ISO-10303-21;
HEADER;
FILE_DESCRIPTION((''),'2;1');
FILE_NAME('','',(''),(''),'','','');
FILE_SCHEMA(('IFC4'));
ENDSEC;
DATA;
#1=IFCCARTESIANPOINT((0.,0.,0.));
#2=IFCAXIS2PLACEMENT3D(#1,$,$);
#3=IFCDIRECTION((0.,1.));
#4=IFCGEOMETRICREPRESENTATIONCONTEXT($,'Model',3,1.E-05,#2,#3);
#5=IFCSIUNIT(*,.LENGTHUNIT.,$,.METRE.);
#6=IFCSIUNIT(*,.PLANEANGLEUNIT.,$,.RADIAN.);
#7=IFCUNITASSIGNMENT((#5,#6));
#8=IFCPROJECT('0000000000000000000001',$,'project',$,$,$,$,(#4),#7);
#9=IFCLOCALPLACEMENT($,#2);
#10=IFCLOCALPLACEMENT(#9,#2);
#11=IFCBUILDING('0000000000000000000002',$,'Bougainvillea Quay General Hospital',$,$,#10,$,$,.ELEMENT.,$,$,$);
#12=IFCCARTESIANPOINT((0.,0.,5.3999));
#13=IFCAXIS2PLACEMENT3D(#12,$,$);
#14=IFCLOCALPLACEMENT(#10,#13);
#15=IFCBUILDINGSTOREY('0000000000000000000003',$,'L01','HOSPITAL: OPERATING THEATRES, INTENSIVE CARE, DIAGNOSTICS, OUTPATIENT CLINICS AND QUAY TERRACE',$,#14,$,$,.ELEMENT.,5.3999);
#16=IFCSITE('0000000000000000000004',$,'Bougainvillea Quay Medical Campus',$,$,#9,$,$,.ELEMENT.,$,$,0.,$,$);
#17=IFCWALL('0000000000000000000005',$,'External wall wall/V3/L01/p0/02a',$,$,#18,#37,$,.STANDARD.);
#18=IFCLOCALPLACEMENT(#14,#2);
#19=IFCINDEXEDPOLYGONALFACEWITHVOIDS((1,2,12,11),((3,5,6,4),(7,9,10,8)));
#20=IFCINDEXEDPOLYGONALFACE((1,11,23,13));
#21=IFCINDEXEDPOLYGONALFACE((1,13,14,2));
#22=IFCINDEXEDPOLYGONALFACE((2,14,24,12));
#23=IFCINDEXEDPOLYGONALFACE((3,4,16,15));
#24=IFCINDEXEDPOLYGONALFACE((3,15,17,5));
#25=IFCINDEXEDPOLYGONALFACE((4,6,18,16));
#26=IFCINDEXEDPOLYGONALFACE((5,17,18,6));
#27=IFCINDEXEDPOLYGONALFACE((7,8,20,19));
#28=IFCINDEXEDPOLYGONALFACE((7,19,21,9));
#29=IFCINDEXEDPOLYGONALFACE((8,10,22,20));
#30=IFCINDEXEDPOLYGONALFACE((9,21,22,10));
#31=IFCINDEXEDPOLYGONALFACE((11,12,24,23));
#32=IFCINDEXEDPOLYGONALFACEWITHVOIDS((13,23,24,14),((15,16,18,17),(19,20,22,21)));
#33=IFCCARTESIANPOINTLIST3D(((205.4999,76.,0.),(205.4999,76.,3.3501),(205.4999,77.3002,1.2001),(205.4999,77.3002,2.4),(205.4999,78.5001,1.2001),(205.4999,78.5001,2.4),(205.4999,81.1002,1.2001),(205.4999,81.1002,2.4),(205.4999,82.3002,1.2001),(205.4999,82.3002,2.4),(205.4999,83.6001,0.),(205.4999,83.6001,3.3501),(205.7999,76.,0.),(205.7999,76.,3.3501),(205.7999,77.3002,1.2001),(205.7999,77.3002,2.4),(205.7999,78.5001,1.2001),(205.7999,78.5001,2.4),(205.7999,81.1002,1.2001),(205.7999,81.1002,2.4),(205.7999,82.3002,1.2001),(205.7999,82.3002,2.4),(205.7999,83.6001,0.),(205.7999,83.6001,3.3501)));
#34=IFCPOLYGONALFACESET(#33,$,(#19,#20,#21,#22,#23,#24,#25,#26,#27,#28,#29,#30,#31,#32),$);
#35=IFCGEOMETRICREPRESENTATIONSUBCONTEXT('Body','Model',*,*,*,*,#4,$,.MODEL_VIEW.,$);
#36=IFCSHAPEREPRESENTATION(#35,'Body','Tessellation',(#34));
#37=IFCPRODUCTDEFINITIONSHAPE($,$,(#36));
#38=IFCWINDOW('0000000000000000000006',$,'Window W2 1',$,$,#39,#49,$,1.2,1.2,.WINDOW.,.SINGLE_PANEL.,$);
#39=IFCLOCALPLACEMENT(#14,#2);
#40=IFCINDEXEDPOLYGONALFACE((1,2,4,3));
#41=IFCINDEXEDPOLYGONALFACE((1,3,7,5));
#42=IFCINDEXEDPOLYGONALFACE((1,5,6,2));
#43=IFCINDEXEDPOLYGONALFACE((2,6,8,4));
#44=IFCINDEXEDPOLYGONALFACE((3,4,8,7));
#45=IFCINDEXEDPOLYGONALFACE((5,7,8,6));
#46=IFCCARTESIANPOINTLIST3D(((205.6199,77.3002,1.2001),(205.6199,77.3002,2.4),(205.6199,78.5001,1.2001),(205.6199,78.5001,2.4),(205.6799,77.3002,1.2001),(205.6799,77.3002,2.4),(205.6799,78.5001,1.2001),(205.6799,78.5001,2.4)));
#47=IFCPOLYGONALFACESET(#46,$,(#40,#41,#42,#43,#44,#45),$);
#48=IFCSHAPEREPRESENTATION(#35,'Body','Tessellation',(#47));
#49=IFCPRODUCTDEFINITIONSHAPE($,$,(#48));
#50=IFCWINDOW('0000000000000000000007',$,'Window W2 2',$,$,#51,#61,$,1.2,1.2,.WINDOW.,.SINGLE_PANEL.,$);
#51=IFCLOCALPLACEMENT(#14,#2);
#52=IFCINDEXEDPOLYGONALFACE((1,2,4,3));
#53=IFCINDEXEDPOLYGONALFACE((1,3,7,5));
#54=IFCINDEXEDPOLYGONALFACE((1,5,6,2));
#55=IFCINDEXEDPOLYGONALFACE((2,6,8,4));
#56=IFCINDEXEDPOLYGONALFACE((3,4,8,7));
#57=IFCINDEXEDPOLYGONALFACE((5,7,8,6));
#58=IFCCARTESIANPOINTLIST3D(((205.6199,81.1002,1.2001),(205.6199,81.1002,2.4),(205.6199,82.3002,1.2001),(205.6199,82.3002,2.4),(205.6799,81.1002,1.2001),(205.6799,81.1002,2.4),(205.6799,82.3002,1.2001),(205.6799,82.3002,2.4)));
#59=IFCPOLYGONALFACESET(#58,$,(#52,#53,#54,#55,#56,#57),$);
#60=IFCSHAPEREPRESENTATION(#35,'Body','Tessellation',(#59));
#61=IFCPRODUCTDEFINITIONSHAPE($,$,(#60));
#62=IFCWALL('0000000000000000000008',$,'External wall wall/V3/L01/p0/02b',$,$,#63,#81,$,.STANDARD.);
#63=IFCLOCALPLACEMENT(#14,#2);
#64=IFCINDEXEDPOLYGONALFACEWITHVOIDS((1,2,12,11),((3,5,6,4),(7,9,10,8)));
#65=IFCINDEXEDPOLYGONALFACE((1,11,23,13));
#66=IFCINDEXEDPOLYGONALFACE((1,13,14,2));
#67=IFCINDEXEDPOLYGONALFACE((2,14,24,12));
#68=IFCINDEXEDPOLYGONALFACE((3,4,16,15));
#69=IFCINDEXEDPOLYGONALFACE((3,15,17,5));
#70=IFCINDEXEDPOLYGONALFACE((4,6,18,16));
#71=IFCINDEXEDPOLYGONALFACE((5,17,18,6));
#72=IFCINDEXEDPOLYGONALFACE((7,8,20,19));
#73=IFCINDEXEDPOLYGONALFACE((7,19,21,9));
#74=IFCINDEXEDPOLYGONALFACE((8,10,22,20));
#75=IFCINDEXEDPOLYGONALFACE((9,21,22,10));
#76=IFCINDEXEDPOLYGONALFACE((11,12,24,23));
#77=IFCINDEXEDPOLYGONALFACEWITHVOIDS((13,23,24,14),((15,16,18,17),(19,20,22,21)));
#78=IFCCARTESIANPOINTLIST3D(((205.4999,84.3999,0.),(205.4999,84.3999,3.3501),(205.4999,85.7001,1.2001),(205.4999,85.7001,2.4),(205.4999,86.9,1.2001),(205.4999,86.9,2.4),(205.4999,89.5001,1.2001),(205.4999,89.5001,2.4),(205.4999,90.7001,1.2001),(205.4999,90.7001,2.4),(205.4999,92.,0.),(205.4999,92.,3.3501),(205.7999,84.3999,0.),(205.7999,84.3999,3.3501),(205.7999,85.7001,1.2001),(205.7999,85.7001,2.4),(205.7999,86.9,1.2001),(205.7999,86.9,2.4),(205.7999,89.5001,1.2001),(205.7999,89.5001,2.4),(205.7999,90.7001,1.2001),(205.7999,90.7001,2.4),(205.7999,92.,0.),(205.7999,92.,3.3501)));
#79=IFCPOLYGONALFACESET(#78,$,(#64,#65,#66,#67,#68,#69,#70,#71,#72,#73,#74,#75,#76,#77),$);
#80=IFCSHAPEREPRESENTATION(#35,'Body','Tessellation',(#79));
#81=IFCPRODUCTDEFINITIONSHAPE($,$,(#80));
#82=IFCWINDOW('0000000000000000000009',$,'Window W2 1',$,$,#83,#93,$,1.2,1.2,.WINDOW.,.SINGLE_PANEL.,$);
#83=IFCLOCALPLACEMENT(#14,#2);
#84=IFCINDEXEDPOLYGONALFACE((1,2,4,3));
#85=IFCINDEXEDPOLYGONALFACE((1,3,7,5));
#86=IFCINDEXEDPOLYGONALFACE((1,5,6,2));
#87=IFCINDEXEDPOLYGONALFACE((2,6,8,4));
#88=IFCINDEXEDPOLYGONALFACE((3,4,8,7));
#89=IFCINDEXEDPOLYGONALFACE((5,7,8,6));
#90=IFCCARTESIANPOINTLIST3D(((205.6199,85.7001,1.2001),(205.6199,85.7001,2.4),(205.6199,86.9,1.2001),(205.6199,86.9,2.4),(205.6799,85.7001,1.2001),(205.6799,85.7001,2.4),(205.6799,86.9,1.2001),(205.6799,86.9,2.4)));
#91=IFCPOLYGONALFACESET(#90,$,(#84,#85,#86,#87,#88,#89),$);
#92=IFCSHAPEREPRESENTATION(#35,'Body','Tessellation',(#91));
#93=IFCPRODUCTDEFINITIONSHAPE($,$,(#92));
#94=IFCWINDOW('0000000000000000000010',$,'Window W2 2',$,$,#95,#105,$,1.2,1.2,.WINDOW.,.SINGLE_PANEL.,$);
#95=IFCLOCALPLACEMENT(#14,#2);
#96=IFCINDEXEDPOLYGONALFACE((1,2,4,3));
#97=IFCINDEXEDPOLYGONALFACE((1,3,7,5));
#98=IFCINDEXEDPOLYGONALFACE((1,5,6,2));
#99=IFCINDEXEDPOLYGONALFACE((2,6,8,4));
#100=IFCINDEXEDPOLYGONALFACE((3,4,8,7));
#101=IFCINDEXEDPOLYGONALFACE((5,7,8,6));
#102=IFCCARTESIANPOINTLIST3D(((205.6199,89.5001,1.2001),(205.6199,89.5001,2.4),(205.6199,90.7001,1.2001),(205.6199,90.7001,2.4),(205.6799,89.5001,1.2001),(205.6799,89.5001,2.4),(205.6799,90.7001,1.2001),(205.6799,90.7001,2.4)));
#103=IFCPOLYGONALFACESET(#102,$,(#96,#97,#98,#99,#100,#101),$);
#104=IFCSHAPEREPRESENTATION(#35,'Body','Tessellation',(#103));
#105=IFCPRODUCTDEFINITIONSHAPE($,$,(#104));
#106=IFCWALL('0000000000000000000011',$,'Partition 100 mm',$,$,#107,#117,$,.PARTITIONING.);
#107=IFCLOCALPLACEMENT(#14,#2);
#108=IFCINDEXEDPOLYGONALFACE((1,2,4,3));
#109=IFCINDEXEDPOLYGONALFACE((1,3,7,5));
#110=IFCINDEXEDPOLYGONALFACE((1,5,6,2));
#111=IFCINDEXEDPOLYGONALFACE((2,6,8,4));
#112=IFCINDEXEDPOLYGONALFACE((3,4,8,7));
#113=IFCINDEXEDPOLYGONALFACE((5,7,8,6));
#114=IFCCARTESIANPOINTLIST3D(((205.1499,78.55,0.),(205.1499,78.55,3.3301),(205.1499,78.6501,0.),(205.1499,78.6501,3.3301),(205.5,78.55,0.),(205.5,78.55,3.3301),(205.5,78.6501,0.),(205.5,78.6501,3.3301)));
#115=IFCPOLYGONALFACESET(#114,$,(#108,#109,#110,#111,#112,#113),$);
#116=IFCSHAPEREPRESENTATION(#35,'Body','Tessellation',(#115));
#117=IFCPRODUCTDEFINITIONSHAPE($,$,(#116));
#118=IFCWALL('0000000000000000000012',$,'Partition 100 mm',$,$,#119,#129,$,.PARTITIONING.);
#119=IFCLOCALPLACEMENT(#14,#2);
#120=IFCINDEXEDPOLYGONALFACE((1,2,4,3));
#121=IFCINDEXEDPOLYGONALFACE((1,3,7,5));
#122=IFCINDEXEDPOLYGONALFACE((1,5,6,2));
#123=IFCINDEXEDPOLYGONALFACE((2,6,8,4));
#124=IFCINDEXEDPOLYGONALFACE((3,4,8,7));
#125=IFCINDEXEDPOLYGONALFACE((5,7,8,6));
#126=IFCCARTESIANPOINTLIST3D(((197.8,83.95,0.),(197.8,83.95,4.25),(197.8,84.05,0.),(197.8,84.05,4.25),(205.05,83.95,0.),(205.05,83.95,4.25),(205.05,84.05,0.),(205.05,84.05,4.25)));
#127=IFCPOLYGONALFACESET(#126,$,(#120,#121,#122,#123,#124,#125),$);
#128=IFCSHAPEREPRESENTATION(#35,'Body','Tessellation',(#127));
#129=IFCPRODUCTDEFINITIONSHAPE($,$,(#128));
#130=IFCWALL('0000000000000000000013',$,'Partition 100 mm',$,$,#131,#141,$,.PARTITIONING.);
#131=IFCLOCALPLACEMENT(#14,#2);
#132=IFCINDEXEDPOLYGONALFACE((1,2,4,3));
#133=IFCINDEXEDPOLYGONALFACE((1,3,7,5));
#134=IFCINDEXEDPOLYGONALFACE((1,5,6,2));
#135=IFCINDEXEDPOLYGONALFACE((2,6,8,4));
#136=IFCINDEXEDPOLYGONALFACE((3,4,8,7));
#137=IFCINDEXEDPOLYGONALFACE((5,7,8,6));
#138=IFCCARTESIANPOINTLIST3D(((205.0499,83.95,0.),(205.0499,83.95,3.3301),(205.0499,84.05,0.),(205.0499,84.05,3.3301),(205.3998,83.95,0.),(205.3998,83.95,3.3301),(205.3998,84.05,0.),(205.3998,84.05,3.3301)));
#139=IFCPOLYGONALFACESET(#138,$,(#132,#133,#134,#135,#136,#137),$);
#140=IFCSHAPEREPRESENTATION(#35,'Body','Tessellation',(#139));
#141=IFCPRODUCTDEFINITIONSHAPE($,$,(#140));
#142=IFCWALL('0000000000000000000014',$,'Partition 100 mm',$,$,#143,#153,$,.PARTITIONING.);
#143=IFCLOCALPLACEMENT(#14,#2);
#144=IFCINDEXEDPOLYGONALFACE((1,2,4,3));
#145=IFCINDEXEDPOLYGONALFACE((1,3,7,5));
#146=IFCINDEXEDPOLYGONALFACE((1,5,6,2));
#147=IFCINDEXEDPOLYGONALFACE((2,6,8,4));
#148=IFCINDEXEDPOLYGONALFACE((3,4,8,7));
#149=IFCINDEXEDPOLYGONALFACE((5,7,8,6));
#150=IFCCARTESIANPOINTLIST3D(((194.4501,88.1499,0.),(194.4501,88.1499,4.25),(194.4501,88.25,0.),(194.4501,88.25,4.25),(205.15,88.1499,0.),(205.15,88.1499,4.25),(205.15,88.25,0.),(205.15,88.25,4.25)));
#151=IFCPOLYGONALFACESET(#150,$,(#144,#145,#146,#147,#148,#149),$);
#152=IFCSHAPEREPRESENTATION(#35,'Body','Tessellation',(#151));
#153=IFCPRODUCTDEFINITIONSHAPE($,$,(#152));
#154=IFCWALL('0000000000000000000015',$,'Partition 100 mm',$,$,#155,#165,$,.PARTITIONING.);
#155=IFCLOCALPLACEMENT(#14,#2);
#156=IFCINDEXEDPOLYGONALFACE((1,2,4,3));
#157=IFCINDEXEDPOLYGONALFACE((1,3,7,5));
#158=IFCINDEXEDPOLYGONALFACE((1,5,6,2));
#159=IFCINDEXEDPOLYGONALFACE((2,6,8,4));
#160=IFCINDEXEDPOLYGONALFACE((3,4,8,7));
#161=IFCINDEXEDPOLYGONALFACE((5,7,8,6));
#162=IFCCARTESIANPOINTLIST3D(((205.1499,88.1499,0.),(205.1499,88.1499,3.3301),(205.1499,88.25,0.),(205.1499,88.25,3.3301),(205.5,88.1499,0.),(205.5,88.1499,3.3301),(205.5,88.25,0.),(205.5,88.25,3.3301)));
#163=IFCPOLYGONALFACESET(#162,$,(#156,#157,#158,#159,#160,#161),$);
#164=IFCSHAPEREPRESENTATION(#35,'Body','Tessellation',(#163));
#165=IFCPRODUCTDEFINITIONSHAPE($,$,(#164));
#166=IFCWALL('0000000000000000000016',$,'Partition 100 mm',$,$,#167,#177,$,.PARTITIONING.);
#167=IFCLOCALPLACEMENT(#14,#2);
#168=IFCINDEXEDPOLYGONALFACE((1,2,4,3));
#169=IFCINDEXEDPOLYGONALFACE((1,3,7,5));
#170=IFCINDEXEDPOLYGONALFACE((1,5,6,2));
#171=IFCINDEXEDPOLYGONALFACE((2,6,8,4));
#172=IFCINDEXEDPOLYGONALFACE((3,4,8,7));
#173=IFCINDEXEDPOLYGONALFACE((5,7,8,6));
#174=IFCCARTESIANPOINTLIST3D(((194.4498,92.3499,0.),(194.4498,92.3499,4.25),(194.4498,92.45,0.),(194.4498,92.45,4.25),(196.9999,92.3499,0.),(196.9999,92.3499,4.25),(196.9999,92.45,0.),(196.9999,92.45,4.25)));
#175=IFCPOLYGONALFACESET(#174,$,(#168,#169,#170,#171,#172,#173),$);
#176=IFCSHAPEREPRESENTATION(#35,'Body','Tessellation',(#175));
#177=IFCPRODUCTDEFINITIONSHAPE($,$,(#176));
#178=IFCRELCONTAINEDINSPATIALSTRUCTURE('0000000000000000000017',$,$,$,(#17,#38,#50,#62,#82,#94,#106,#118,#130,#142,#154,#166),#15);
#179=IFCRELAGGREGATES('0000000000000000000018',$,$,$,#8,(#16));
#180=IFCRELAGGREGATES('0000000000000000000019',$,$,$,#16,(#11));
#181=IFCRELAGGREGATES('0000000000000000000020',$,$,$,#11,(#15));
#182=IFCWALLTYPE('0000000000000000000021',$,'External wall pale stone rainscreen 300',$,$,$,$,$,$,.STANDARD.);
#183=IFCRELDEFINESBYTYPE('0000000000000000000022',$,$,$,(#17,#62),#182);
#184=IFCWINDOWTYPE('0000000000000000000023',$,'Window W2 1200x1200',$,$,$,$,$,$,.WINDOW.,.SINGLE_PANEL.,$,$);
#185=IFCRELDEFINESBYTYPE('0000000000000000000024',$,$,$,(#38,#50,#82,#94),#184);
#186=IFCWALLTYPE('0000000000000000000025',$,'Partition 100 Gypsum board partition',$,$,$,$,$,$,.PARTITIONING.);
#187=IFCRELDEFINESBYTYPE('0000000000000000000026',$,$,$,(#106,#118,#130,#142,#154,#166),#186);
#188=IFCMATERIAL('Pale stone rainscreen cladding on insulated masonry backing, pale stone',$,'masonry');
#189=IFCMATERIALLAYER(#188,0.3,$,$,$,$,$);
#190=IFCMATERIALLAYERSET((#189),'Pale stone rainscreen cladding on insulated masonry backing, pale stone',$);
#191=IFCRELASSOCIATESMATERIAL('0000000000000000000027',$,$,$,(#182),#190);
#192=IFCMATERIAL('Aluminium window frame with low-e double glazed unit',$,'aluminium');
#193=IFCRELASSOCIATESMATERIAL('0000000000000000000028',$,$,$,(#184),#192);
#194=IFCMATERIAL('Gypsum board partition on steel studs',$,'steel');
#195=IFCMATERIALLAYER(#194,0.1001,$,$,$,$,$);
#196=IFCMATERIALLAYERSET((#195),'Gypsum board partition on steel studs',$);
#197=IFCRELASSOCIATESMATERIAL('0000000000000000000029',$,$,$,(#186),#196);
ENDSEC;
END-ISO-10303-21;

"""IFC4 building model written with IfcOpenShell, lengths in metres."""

from ifc_helpers import new_model, si_unit, direction, frame, frame_2d, origin, place, context, subcontext, project, spatial, rectangle, extrude, material, layer, layer_set, type_object, element, fill, save


model = new_model("IFC4")

# Units and contexts
model_context = context("Model", 3, precision=1e-05, world=origin(), true_north=direction((0.0, 1.0)))
body_context = subcontext(model_context, "Body", "Model", "MODEL_VIEW")
ifc_project = project(units=[si_unit("LENGTHUNIT", "METRE"), si_unit("PLANEANGLEUNIT", "RADIAN")], contexts=[model_context])

# Site, building, storey
site_placement = place(None, origin())
site = spatial("IfcSite", under=ifc_project, at=site_placement, Name="Bougainvillea Quay Medical Campus", CompositionType="ELEMENT", RefElevation=0.0)
building_placement = place(site_placement, origin())
building = spatial("IfcBuilding", under=site, at=building_placement, Name="Bougainvillea Quay General Hospital", CompositionType="ELEMENT")
storey_placement = place(building_placement, frame((0.0, 0.0, 5.3999)))
storey = spatial("IfcBuildingStorey", under=building, at=storey_placement, Name="L01", Description="HOSPITAL: OPERATING THEATRES, INTENSIVE CARE, DIAGNOSTICS, OUTPATIENT CLINICS AND QUAY TERRACE", CompositionType="ELEMENT", Elevation=5.3999)

# Walls, openings, windows
ifc_material_1 = material(Name="Pale stone rainscreen cladding on insulated masonry backing, pale stone", Category="masonry")
ifc_layer_1 = layer(ifc_material_1, 0.3)
ifc_layer_set_1 = layer_set([ifc_layer_1], Name="Pale stone rainscreen cladding on insulated masonry backing, pale stone")
wall_type_1 = type_object("IfcWallType", Name="External wall pale stone rainscreen 300", PredefinedType="STANDARD", material=ifc_layer_set_1)
ifc_material_2 = material(Name="Aluminium window frame with low-e double glazed unit", Category="aluminium")
window_type = type_object("IfcWindowType", Name="Window W2 1200x1200", PartitioningType="SINGLE_PANEL", PredefinedType="WINDOW", material=ifc_material_2)
wall_1_placement = place(storey_placement, frame((205.6499, 76.0, 0.0), z_axis=(0.0, 0.0, 1.0), x_axis=(0.0, 1.0, 0.0)))
wall_1 = element("IfcWall", 1, at=wall_1_placement, inside=storey, type_object=wall_type_1, Name="External wall wall/V3/L01/p0/02a", PredefinedType="STANDARD", context=body_context, shape_type="SweptSolid", body=[
    extrude(rectangle(XDim=7.6001, YDim=0.3, at=frame_2d((3.8, 0.0))), origin(), (0.0, 0.0, 1.0), 3.3501),
])
opening_1_placement = place(wall_1_placement, frame((1.3, 0.0, 1.2)))
opening_1 = element("IfcOpeningElement", 2, at=opening_1_placement, cuts=wall_1, PredefinedType="OPENING", context=body_context, shape_type="SweptSolid", body=[
    extrude(rectangle(XDim=1.2, YDim=1.2, at=frame_2d((0.6001, 0.6001))), frame((0.0, 0.1599, 0.0), z_axis=(0.0, -1.0, 0.0), x_axis=(1.0, 0.0, 0.0)), (0.0, 0.0, 1.0), 0.3201),
])
opening_2_placement = place(wall_1_placement, frame((5.1001, 0.0, 1.2)))
opening_2 = element("IfcOpeningElement", 3, at=opening_2_placement, cuts=wall_1, PredefinedType="OPENING", context=body_context, shape_type="SweptSolid", body=[
    extrude(rectangle(XDim=1.2, YDim=1.2, at=frame_2d((0.6001, 0.6001))), frame((0.0, 0.1599, 0.0), z_axis=(0.0, -1.0, 0.0), x_axis=(1.0, 0.0, 0.0)), (0.0, 0.0, 1.0), 0.3201),
])
window_1_placement = place(opening_1_placement, origin())
window_1 = element("IfcWindow", 4, at=window_1_placement, inside=storey, type_object=window_type, Name="Window W2 1", OverallHeight=1.2, OverallWidth=1.2, PartitioningType="SINGLE_PANEL", PredefinedType="WINDOW", context=body_context, shape_type="SweptSolid", body=[
    extrude(rectangle(XDim=1.2, YDim=1.2, at=frame_2d((0.6001, 0.6001))), frame((0.0, 0.03, 0.0), z_axis=(0.0, -1.0, 0.0), x_axis=(1.0, 0.0, 0.0)), (0.0, 0.0, 1.0), 0.0601),
])
fill(opening_1, window_1)
window_2_placement = place(opening_2_placement, origin())
window_2 = element("IfcWindow", 5, at=window_2_placement, inside=storey, type_object=window_type, Name="Window W2 2", OverallHeight=1.2, OverallWidth=1.2, PartitioningType="SINGLE_PANEL", PredefinedType="WINDOW", context=body_context, shape_type="SweptSolid", body=[
    extrude(rectangle(XDim=1.2, YDim=1.2, at=frame_2d((0.6001, 0.6001))), frame((0.0, 0.03, 0.0), z_axis=(0.0, -1.0, 0.0), x_axis=(1.0, 0.0, 0.0)), (0.0, 0.0, 1.0), 0.0601),
])
fill(opening_2, window_2)
wall_2_placement = place(storey_placement, frame((205.6499, 84.3999, 0.0), z_axis=(0.0, 0.0, 1.0), x_axis=(0.0, 1.0, 0.0)))
wall_2 = element("IfcWall", 6, at=wall_2_placement, inside=storey, type_object=wall_type_1, Name="External wall wall/V3/L01/p0/02b", PredefinedType="STANDARD", context=body_context, shape_type="SweptSolid", body=[
    extrude(rectangle(XDim=7.6001, YDim=0.3, at=frame_2d((3.8, 0.0))), origin(), (0.0, 0.0, 1.0), 3.3501),
])
opening_3_placement = place(wall_2_placement, frame((1.3, 0.0, 1.2)))
opening_3 = element("IfcOpeningElement", 7, at=opening_3_placement, cuts=wall_2, PredefinedType="OPENING", context=body_context, shape_type="SweptSolid", body=[
    extrude(rectangle(XDim=1.2, YDim=1.2, at=frame_2d((0.6001, 0.6001))), frame((0.0, 0.1599, 0.0), z_axis=(0.0, -1.0, 0.0), x_axis=(1.0, 0.0, 0.0)), (0.0, 0.0, 1.0), 0.3201),
])
opening_4_placement = place(wall_2_placement, frame((5.1001, 0.0, 1.2)))
opening_4 = element("IfcOpeningElement", 8, at=opening_4_placement, cuts=wall_2, PredefinedType="OPENING", context=body_context, shape_type="SweptSolid", body=[
    extrude(rectangle(XDim=1.2, YDim=1.2, at=frame_2d((0.6001, 0.6001))), frame((0.0, 0.1599, 0.0), z_axis=(0.0, -1.0, 0.0), x_axis=(1.0, 0.0, 0.0)), (0.0, 0.0, 1.0), 0.3201),
])
window_3_placement = place(opening_3_placement, origin())
window_3 = element("IfcWindow", 9, at=window_3_placement, inside=storey, type_object=window_type, Name="Window W2 1", OverallHeight=1.2, OverallWidth=1.2, PartitioningType="SINGLE_PANEL", PredefinedType="WINDOW", context=body_context, shape_type="SweptSolid", body=[
    extrude(rectangle(XDim=1.2, YDim=1.2, at=frame_2d((0.6001, 0.6001))), frame((0.0, 0.03, 0.0), z_axis=(0.0, -1.0, 0.0), x_axis=(1.0, 0.0, 0.0)), (0.0, 0.0, 1.0), 0.0601),
])
fill(opening_3, window_3)
window_4_placement = place(opening_4_placement, origin())
window_4 = element("IfcWindow", 10, at=window_4_placement, inside=storey, type_object=window_type, Name="Window W2 2", OverallHeight=1.2, OverallWidth=1.2, PartitioningType="SINGLE_PANEL", PredefinedType="WINDOW", context=body_context, shape_type="SweptSolid", body=[
    extrude(rectangle(XDim=1.2, YDim=1.2, at=frame_2d((0.6001, 0.6001))), frame((0.0, 0.03, 0.0), z_axis=(0.0, -1.0, 0.0), x_axis=(1.0, 0.0, 0.0)), (0.0, 0.0, 1.0), 0.0601),
])
fill(opening_4, window_4)

# Walls
ifc_material_3 = material(Name="Gypsum board partition on steel studs", Category="steel")
ifc_layer_2 = layer(ifc_material_3, 0.1001)
ifc_layer_set_2 = layer_set([ifc_layer_2], Name="Gypsum board partition on steel studs")
wall_type_2 = type_object("IfcWallType", Name="Partition 100 Gypsum board partition", PredefinedType="PARTITIONING", material=ifc_layer_set_2)
wall_3_placement = place(storey_placement, frame((205.1499, 78.6001, 0.0), z_axis=(0.0, 0.0, 1.0), x_axis=(1.0, 0.0, 0.0)))
element("IfcWall", 11, at=wall_3_placement, inside=storey, type_object=wall_type_2, Name="Partition 100 mm", PredefinedType="PARTITIONING", context=body_context, shape_type="SweptSolid", body=[
    extrude(rectangle(XDim=0.3501, YDim=0.1001, at=frame_2d((0.175, 0.0))), origin(), (0.0, 0.0, 1.0), 3.3301),
])
wall_4_placement = place(storey_placement, frame((197.8, 84.0, 0.0), z_axis=(0.0, 0.0, 1.0), x_axis=(1.0, 0.0, 0.0)))
element("IfcWall", 12, at=wall_4_placement, inside=storey, type_object=wall_type_2, Name="Partition 100 mm", PredefinedType="PARTITIONING", context=body_context, shape_type="SweptSolid", body=[
    extrude(rectangle(XDim=7.25, YDim=0.1001, at=frame_2d((3.625, 0.0))), origin(), (0.0, 0.0, 1.0), 4.25),
])
wall_5_placement = place(storey_placement, frame((205.05, 84.0, 0.0), z_axis=(0.0, 0.0, 1.0), x_axis=(1.0, 0.0, 0.0)))
element("IfcWall", 13, at=wall_5_placement, inside=storey, type_object=wall_type_2, Name="Partition 100 mm", PredefinedType="PARTITIONING", context=body_context, shape_type="SweptSolid", body=[
    extrude(rectangle(XDim=0.3499, YDim=0.1001, at=frame_2d((0.1748, 0.0))), origin(), (0.0, 0.0, 1.0), 3.3301),
])
wall_6_placement = place(storey_placement, frame((194.45, 88.2, 0.0), z_axis=(0.0, 0.0, 1.0), x_axis=(1.0, 0.0, 0.0)))
element("IfcWall", 14, at=wall_6_placement, inside=storey, type_object=wall_type_2, Name="Partition 100 mm", PredefinedType="PARTITIONING", context=body_context, shape_type="SweptSolid", body=[
    extrude(rectangle(XDim=10.7, YDim=0.1001, at=frame_2d((5.3501, 0.0))), origin(), (0.0, 0.0, 1.0), 4.25),
])
wall_7_placement = place(storey_placement, frame((205.1499, 88.2, 0.0), z_axis=(0.0, 0.0, 1.0), x_axis=(1.0, 0.0, 0.0)))
element("IfcWall", 15, at=wall_7_placement, inside=storey, type_object=wall_type_2, Name="Partition 100 mm", PredefinedType="PARTITIONING", context=body_context, shape_type="SweptSolid", body=[
    extrude(rectangle(XDim=0.3501, YDim=0.1001, at=frame_2d((0.175, 0.0))), origin(), (0.0, 0.0, 1.0), 3.3301),
])
wall_8_placement = place(storey_placement, frame((194.45, 92.3999, 0.0), z_axis=(0.0, 0.0, 1.0), x_axis=(1.0, 0.0, 0.0)))
element("IfcWall", 16, at=wall_8_placement, inside=storey, type_object=wall_type_2, Name="Partition 100 mm", PredefinedType="PARTITIONING", context=body_context, shape_type="SweptSolid", body=[
    extrude(rectangle(XDim=2.55, YDim=0.1001, at=frame_2d((1.2749, 0.0))), origin(), (0.0, 0.0, 1.0), 4.25),
])

save(model, "model.ifc")
